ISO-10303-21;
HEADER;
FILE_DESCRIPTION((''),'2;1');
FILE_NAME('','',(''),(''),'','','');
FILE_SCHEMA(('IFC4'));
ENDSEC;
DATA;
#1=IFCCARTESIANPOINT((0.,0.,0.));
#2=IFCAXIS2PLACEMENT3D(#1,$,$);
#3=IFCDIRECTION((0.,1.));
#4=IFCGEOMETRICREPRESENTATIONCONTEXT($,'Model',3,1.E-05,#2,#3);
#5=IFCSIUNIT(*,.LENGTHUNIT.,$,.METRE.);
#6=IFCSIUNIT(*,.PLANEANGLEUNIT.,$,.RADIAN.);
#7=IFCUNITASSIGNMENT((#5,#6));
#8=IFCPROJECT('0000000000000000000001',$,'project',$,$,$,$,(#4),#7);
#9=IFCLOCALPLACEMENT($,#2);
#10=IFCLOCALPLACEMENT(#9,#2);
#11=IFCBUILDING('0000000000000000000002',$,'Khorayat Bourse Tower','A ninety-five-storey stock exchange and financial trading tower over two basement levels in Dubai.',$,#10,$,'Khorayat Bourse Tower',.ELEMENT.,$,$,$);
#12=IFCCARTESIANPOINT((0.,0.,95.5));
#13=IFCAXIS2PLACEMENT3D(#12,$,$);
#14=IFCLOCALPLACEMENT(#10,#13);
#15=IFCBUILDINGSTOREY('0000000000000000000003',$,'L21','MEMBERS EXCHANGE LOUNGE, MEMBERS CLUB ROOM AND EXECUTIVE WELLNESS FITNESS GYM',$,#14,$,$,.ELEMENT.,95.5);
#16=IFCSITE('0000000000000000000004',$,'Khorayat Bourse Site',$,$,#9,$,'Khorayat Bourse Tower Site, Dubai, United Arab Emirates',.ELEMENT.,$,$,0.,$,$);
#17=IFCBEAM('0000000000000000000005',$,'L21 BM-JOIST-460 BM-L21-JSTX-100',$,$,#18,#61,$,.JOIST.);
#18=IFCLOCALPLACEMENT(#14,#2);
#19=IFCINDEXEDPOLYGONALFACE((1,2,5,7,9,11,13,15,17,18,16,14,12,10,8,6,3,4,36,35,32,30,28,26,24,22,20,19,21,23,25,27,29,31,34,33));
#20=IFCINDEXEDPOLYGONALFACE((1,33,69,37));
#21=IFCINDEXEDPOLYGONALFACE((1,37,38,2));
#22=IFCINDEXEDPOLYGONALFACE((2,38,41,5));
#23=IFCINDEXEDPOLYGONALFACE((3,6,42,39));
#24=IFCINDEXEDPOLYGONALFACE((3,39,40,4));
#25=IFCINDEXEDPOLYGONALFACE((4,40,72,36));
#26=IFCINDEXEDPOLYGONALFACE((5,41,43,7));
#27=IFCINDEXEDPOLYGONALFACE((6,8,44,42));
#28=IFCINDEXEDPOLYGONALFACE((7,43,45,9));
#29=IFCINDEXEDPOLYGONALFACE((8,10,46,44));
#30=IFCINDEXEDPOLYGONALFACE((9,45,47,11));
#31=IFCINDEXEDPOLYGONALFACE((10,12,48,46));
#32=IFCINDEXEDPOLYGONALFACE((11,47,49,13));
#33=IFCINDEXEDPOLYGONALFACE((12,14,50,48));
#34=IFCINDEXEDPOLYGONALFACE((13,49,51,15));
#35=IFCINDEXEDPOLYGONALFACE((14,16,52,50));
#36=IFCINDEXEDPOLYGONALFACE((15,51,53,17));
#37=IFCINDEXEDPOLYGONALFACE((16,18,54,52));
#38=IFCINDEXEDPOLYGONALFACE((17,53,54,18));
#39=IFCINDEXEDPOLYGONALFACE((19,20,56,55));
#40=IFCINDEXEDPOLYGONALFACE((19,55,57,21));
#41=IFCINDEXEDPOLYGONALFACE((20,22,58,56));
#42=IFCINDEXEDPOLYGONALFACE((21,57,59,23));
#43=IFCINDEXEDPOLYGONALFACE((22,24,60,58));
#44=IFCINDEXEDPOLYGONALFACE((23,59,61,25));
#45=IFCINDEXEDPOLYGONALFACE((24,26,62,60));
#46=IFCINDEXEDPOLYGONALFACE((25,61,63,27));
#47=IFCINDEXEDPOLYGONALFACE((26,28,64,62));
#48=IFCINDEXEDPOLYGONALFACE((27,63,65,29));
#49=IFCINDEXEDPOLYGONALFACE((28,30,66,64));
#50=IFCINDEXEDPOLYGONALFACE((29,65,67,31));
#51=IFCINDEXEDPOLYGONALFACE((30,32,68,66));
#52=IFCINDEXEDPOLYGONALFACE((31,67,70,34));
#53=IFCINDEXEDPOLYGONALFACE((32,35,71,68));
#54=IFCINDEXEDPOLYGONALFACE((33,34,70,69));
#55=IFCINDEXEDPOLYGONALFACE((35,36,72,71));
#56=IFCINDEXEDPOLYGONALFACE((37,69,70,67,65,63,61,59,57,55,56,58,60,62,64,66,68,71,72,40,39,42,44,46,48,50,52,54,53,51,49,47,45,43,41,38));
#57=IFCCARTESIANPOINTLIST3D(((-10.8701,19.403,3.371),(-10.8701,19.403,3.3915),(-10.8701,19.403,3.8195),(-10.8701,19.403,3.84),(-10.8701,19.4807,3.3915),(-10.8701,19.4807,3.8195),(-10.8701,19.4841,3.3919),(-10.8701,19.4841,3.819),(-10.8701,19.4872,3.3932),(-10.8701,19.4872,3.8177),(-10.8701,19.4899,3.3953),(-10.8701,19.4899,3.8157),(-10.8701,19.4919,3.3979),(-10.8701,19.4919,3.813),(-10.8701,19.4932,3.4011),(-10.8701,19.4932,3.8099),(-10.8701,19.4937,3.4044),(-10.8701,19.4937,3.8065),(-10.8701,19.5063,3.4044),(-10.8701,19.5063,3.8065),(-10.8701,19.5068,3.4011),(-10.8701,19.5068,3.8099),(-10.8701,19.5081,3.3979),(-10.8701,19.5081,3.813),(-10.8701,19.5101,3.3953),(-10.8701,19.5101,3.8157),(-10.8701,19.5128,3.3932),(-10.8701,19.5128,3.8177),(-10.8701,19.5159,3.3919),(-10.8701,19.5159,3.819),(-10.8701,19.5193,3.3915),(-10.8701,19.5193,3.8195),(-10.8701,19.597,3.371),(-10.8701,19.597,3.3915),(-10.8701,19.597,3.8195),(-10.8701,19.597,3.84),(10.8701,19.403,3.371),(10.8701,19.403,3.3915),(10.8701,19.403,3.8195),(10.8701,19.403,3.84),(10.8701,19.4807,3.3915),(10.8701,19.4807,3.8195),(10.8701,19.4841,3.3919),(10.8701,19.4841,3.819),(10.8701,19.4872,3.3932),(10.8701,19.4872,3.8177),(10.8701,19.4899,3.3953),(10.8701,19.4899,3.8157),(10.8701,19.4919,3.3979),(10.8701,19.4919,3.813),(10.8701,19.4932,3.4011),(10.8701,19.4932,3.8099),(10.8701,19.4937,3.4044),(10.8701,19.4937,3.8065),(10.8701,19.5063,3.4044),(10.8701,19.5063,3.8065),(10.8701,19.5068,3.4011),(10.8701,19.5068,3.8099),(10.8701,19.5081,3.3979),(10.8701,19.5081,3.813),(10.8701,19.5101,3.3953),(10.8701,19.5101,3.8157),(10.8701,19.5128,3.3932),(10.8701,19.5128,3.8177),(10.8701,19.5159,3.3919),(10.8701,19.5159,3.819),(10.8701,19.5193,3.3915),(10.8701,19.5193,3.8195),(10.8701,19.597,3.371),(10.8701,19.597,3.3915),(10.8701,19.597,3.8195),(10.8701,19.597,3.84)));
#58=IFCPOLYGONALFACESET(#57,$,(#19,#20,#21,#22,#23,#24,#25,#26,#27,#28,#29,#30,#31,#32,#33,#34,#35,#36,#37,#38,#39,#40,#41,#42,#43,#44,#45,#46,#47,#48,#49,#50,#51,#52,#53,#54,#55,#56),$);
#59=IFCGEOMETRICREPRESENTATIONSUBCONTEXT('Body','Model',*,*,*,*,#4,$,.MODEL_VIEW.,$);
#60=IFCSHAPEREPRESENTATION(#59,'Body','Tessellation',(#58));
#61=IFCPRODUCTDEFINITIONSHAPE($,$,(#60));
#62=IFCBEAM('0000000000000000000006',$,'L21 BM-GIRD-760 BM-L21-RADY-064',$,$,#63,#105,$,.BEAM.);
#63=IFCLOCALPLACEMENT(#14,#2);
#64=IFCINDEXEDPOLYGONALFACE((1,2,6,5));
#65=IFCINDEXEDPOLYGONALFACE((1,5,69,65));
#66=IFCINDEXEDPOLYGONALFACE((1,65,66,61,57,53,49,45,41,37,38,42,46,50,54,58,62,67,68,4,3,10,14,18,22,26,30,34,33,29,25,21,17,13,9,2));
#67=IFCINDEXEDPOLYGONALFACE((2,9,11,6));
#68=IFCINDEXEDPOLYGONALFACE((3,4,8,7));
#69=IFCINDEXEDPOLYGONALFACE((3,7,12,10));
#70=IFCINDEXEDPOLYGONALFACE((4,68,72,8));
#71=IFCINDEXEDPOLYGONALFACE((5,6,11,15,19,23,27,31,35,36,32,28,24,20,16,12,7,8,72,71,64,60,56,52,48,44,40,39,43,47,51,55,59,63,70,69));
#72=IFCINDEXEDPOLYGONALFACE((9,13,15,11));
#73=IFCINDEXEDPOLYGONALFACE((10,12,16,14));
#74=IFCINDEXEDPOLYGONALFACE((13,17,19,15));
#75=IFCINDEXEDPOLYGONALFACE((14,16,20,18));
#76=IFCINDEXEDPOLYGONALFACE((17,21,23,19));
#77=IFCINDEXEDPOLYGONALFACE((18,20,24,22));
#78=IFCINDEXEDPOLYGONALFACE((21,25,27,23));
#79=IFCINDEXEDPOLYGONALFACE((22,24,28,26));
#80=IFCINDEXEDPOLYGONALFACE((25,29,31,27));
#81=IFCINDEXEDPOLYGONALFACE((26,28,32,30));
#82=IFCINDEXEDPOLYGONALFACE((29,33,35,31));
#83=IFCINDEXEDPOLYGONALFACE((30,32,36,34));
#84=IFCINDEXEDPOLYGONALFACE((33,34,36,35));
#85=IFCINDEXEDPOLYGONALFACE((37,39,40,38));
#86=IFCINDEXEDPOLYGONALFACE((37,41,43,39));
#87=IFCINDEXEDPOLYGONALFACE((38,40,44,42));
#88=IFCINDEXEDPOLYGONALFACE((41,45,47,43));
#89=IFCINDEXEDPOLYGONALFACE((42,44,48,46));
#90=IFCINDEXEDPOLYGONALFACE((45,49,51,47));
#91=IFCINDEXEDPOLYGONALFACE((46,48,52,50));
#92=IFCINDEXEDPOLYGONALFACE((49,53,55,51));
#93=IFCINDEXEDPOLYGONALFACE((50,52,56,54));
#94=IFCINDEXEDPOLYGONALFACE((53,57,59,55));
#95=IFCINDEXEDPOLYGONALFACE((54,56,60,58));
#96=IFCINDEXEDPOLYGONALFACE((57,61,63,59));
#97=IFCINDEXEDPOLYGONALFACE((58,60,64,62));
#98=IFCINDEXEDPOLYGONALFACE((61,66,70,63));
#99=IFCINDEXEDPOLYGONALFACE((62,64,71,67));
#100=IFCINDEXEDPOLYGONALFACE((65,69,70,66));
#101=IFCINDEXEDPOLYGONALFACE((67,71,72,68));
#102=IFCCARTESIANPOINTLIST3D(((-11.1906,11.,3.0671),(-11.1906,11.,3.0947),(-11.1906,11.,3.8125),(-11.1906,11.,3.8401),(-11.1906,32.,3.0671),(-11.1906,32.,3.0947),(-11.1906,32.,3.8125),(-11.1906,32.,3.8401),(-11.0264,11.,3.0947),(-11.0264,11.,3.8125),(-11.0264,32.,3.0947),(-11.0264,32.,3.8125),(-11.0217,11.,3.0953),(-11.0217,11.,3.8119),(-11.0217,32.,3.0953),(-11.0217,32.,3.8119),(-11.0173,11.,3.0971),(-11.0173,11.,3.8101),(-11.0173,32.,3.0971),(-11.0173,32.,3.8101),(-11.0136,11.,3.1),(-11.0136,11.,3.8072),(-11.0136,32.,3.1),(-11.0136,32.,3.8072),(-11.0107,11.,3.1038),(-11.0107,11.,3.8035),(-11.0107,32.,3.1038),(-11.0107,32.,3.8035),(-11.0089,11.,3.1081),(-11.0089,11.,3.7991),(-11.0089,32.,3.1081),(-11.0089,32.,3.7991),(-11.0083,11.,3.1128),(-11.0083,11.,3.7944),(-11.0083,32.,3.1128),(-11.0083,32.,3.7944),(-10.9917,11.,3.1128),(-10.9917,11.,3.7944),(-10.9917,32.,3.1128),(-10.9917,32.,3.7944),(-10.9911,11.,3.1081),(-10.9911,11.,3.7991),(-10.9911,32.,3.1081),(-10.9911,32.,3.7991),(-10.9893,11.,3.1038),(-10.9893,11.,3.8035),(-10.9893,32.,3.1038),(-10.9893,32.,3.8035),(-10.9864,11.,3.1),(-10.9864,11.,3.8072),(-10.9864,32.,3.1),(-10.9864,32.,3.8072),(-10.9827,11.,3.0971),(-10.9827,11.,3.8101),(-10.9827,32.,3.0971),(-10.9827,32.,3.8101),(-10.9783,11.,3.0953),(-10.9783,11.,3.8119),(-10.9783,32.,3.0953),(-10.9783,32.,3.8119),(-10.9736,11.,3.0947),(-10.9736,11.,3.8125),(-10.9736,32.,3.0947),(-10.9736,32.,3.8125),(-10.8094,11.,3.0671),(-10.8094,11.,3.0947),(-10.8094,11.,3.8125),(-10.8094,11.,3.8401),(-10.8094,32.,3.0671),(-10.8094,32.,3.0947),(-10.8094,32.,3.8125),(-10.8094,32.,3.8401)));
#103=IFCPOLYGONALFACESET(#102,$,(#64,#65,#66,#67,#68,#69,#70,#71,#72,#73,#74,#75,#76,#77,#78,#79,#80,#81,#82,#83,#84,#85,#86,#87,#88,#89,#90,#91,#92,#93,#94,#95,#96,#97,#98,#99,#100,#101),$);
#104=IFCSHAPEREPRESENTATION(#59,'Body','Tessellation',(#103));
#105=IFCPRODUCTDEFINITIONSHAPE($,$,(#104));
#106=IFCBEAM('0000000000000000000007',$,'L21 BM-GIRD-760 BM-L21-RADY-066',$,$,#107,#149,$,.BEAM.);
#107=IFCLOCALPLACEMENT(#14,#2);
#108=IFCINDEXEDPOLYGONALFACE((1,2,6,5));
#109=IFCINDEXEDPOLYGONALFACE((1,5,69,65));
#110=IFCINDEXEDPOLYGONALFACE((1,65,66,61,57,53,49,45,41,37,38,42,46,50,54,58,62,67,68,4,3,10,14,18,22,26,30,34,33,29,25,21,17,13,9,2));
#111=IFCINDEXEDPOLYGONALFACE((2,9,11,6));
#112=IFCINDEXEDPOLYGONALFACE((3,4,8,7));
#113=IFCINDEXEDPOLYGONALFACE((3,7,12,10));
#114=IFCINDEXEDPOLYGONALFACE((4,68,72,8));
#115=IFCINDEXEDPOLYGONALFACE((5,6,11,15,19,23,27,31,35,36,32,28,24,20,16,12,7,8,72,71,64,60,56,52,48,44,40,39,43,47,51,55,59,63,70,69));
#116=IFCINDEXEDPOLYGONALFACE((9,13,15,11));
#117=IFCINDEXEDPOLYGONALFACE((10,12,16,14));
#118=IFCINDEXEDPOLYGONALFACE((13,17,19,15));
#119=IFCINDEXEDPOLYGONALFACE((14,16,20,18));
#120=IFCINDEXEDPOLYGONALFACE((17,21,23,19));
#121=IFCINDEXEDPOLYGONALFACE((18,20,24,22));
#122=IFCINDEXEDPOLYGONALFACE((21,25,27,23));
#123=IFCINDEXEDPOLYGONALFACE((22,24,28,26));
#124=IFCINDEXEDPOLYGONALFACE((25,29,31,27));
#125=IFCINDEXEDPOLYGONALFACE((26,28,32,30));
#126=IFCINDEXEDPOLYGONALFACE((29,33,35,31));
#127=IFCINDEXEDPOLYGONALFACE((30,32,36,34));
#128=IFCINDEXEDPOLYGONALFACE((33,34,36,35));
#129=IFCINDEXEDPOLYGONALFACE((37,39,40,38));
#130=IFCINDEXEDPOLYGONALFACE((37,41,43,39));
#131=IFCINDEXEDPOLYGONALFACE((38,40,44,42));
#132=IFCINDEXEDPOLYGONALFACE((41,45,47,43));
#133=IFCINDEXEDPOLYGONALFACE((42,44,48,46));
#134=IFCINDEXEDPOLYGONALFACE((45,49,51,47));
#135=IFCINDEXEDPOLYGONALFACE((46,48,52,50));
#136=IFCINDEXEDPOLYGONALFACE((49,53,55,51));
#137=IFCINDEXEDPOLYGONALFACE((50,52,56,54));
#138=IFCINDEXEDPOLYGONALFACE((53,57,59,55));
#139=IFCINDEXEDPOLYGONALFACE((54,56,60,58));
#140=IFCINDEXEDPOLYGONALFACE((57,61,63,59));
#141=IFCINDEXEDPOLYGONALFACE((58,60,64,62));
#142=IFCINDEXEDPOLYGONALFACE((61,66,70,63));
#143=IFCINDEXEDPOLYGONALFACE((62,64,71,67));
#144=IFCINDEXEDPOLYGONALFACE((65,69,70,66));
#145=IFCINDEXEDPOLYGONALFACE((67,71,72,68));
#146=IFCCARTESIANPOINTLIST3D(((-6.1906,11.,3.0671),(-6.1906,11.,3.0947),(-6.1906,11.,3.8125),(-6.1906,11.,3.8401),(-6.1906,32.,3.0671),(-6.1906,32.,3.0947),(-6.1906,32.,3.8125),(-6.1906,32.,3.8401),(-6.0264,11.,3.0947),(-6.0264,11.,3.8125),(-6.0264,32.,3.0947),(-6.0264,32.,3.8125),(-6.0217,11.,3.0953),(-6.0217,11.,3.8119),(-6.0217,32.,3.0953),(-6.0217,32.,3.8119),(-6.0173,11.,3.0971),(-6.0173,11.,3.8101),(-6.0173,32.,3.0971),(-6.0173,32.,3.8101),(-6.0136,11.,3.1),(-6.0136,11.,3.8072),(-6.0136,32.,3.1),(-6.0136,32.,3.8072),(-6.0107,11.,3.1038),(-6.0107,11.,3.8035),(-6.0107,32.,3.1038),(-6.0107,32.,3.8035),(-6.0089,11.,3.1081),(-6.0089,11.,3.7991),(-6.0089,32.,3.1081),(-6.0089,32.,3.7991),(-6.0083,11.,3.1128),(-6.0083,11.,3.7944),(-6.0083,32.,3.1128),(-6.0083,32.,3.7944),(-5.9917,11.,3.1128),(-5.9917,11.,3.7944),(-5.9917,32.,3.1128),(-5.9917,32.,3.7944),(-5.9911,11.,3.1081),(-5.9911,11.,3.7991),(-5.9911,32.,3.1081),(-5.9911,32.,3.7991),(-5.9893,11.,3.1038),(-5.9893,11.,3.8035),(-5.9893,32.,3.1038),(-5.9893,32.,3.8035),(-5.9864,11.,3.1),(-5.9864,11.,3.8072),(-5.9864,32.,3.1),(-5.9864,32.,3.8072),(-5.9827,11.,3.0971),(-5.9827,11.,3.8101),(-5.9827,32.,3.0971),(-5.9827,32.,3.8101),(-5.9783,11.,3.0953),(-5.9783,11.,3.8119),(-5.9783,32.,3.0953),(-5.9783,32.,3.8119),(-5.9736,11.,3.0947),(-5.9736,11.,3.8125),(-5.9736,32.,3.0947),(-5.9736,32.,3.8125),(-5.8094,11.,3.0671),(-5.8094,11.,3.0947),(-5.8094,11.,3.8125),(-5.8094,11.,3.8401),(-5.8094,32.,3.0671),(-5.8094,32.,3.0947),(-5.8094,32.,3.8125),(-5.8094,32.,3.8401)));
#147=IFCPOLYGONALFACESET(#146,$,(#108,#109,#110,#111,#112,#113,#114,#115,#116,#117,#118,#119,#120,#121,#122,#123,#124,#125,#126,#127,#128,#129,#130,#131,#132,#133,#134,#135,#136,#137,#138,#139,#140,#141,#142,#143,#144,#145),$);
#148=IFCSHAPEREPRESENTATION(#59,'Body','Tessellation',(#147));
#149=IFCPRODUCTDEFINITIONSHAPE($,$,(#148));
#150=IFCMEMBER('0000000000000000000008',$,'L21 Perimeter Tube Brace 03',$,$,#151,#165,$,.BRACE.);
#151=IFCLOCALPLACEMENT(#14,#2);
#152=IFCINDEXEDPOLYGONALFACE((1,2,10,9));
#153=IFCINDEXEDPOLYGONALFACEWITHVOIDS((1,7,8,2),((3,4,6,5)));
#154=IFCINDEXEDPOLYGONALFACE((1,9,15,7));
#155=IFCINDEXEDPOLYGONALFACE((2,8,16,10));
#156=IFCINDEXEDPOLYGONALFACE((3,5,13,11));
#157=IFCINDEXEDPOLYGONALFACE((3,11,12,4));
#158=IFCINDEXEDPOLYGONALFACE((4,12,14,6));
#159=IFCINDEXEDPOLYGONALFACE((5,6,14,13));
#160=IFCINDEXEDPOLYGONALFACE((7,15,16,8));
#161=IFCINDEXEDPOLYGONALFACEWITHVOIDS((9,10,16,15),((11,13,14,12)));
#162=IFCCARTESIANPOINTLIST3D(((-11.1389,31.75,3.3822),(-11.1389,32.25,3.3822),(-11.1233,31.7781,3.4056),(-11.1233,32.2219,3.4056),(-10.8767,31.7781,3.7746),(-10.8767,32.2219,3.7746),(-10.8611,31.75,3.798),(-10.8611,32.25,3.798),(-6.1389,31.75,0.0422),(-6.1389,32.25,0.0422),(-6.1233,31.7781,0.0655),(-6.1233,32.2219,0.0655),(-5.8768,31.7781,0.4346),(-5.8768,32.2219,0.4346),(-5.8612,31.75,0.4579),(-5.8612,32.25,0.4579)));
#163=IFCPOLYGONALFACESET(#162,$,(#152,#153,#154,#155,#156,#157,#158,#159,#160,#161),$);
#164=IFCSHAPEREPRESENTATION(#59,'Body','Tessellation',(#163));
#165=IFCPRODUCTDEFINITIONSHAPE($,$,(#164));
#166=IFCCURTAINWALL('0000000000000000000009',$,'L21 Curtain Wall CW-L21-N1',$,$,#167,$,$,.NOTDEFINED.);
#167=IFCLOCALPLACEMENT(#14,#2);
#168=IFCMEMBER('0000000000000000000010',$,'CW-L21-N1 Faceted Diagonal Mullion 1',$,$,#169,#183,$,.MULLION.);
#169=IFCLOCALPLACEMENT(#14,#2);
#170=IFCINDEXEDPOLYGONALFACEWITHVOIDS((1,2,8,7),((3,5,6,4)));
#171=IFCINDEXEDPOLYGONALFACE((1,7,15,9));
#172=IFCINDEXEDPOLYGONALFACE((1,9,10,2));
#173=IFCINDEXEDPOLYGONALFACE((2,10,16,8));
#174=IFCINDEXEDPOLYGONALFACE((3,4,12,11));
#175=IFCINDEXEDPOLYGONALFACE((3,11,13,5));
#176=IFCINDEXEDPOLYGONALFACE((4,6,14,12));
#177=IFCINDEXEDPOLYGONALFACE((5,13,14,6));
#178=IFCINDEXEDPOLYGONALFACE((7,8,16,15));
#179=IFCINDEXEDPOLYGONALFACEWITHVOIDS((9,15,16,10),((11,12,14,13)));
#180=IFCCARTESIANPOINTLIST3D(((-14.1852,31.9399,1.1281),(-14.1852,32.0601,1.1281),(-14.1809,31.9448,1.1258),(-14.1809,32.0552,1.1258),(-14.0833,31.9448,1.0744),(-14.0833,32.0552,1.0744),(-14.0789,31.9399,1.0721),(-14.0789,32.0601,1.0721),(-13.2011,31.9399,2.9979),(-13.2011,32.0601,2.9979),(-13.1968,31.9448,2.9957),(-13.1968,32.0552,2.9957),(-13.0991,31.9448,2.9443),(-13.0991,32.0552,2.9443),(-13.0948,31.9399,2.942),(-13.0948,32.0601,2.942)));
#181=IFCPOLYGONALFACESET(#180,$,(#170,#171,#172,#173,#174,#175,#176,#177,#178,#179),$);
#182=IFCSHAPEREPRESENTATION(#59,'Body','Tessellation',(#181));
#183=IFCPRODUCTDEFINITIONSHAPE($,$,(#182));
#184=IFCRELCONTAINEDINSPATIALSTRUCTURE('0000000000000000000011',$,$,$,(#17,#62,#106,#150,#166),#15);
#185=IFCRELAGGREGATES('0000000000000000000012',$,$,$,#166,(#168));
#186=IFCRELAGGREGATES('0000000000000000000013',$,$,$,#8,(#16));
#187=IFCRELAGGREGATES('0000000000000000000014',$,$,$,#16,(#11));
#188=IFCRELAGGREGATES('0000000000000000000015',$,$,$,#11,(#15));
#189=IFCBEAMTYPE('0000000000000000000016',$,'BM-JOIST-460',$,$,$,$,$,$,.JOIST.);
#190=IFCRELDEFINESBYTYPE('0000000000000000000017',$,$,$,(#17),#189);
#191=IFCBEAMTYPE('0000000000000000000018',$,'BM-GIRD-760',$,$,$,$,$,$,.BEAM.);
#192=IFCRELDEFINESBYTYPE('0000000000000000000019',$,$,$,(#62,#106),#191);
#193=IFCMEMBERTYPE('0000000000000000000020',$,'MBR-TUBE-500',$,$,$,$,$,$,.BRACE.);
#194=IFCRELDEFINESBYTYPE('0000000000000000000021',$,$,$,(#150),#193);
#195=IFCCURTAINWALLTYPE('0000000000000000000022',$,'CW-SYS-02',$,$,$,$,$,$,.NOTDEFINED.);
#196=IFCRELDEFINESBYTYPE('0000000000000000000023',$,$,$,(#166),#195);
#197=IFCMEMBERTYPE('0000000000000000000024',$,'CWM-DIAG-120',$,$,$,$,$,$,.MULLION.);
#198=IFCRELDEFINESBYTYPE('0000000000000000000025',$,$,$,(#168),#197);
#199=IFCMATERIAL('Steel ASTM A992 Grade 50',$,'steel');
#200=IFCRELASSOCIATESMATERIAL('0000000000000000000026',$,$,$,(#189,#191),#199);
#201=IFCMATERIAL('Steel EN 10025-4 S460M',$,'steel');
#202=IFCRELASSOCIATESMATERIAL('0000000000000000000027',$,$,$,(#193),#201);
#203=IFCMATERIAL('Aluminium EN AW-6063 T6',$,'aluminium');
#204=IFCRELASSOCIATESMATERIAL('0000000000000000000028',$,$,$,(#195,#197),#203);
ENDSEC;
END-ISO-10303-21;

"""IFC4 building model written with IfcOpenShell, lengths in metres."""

from ifc_helpers import new_model, si_unit, direction, frame, origin, origin_2d, place, context, subcontext, project, spatial, hollow_rectangle, i_section, extrude, source, transform, mapped, material, material_profile, profile_set, type_object, element, aggregate, save


model = new_model("IFC4")

# Units and contexts
model_context = context("Model", 3, precision=1e-05, world=origin(), true_north=direction((0.0, 1.0)))
body_context = subcontext(model_context, "Body", "Model", "MODEL_VIEW")
ifc_project = project(units=[si_unit("LENGTHUNIT", "METRE"), si_unit("PLANEANGLEUNIT", "RADIAN")], contexts=[model_context])

# Site, building, storey
site_placement = place(None, origin())
site = spatial("IfcSite", under=ifc_project, at=site_placement, Name="Khorayat Bourse Site", LongName="Khorayat Bourse Tower Site, Dubai, United Arab Emirates", CompositionType="ELEMENT", RefElevation=0.0)
building_placement = place(site_placement, origin())
building = spatial("IfcBuilding", under=site, at=building_placement, Name="Khorayat Bourse Tower", Description="A ninety-five-storey stock exchange and financial trading tower over two basement levels in Dubai.", LongName="Khorayat Bourse Tower", CompositionType="ELEMENT")
storey_placement = place(building_placement, frame((0.0, 0.0, 95.5)))
storey = spatial("IfcBuildingStorey", under=building, at=storey_placement, Name="L21", Description="MEMBERS EXCHANGE LOUNGE, MEMBERS CLUB ROOM AND EXECUTIVE WELLNESS FITNESS GYM", CompositionType="ELEMENT", Elevation=95.5)

# Shared definitions
ifc_material_1 = material(Name="Steel EN 10025-4 S460M", Category="steel")

# Beams
ifc_material_2 = material(Name="Steel ASTM A992 Grade 50", Category="steel")
ifc_material_profile_1 = material_profile(ifc_material_2, i_section(OverallWidth=0.1941, OverallDepth=0.469, WebThickness=0.0127, FlangeThickness=0.0205, FilletRadius=0.0129, at=origin_2d()), Name="W460X106")
ifc_profile_set_1 = profile_set([ifc_material_profile_1], Name="Steel ASTM A992 Grade 50")
beam_type_1 = type_object("IfcBeamType", Name="BM-JOIST-460", PredefinedType="JOIST", material=ifc_profile_set_1)
shared_shape_1 = source(origin(), body_context, "Body", "SweptSolid", [
    extrude(i_section(OverallWidth=0.1941, OverallDepth=0.469, WebThickness=0.0127, FlangeThickness=0.0205, FilletRadius=0.0129, at=origin_2d()), origin(), (0.0, 0.0, 1.0), 21.7402),
])
beam_1_placement = place(storey_placement, frame((-10.8701, 19.5, 3.6055), z_axis=(1.0, 0.0, 0.0), x_axis=(0.0, 1.0, 0.0)))
element("IfcBeam", 1, at=beam_1_placement, inside=storey, type_object=beam_type_1, Name="L21 BM-JOIST-460 BM-L21-JSTX-100", PredefinedType="JOIST", context=body_context, shape_type="MappedRepresentation", body=[
    mapped(shared_shape_1, transform((0.0, 0.0, 0.0), scale=1.0)),
])
ifc_material_profile_2 = material_profile(ifc_material_2, i_section(OverallWidth=0.3811, OverallDepth=0.7729, WebThickness=0.0166, FlangeThickness=0.0276, FilletRadius=0.0181, at=origin_2d()), Name="W760X257")
ifc_profile_set_2 = profile_set([ifc_material_profile_2], Name="Steel ASTM A992 Grade 50")
beam_type_2 = type_object("IfcBeamType", Name="BM-GIRD-760", PredefinedType="BEAM", material=ifc_profile_set_2)
shared_shape_2 = source(origin(), body_context, "Body", "SweptSolid", [
    extrude(i_section(OverallWidth=0.3811, OverallDepth=0.7729, WebThickness=0.0166, FlangeThickness=0.0276, FilletRadius=0.0181, at=origin_2d()), origin(), (0.0, 0.0, 1.0), 21.0),
])
for number, where, z_axis, x_axis, name in (
    (2, (-11.0, 11.0, 3.4536), (0.0, 1.0, 0.0), (-1.0, 0.0, 0.0), "L21 BM-GIRD-760 BM-L21-RADY-064"),
    (3, (-6.0, 11.0, 3.4536), (0.0, 1.0, 0.0), (-1.0, 0.0, 0.0), "L21 BM-GIRD-760 BM-L21-RADY-066"),
):
    element("IfcBeam", number, at=place(storey_placement, frame(where, z_axis=z_axis, x_axis=x_axis)), inside=storey, type_object=beam_type_2, Name=name, PredefinedType="BEAM", context=body_context, shape_type="MappedRepresentation", body=[
        mapped(shared_shape_2, transform((0.0, 0.0, 0.0), scale=1.0)),
    ])

# Member
ifc_material_profile_3 = material_profile(ifc_material_1, hollow_rectangle(XDim=0.5, YDim=0.5, WallThickness=0.0281, at=origin_2d()), Name="HSS 500x500x28")
ifc_profile_set_3 = profile_set([ifc_material_profile_3], Name="Steel EN 10025-4 S460M")
member_type_1 = type_object("IfcMemberType", Name="MBR-TUBE-500", PredefinedType="BRACE", material=ifc_profile_set_3)
shared_shape_3 = source(origin(), body_context, "Body", "SweptSolid", [
    extrude(hollow_rectangle(XDim=0.5, YDim=0.5, WallThickness=0.0281, at=origin_2d()), origin(), (0.0, 0.0, 1.0), 6.0129),
])
member_1_placement = place(storey_placement, frame((-11.0, 32.0, 3.5901), z_axis=(0.831531, 0.0, -0.555478), x_axis=(0.0, 1.0, 0.0)))
element("IfcMember", 4, at=member_1_placement, inside=storey, type_object=member_type_1, Name="L21 Perimeter Tube Brace 03", PredefinedType="BRACE", context=body_context, shape_type="MappedRepresentation", body=[
    mapped(shared_shape_3, transform((0.0, 0.0, 0.0), scale=1.0)),
])

# Curtain wall, member
ifc_material_3 = material(Name="Aluminium EN AW-6063 T6", Category="aluminium")
curtain_wall_type = type_object("IfcCurtainWallType", Name="CW-SYS-02", PredefinedType="NOTDEFINED", material=ifc_material_3)
curtain_wall_placement = place(storey_placement, origin())
curtain_wall = element("IfcCurtainWall", 5, at=curtain_wall_placement, inside=storey, type_object=curtain_wall_type, Name="L21 Curtain Wall CW-L21-N1", PredefinedType="NOTDEFINED")
ifc_material_profile_4 = material_profile(ifc_material_3, hollow_rectangle(XDim=0.1201, YDim=0.1201, WallThickness=0.0049, at=origin_2d()), Name="ALU 120x120x5")
ifc_profile_set_4 = profile_set([ifc_material_profile_4], Name="Aluminium EN AW-6063 T6")
member_type_2 = type_object("IfcMemberType", Name="CWM-DIAG-120", PredefinedType="MULLION", material=ifc_profile_set_4)
shared_shape_4 = source(origin(), body_context, "Body", "SweptSolid", [
    extrude(hollow_rectangle(XDim=0.1201, YDim=0.1201, WallThickness=0.0049, at=origin_2d()), origin(), (0.0, 0.0, 1.0), 2.113),
])
member_2_placement = place(storey_placement, frame((-14.1321, 32.0, 1.1001), z_axis=(0.465742, 0.0, 0.884921), x_axis=(0.0, 1.0, 0.0)))
member_2 = element("IfcMember", 6, at=member_2_placement, type_object=member_type_2, Name="CW-L21-N1 Faceted Diagonal Mullion 1", PredefinedType="MULLION", context=body_context, shape_type="MappedRepresentation", body=[
    mapped(shared_shape_4, transform((0.0, 0.0, 0.0), scale=1.0)),
])

aggregate(curtain_wall, [member_2])

save(model, "model.ifc")
